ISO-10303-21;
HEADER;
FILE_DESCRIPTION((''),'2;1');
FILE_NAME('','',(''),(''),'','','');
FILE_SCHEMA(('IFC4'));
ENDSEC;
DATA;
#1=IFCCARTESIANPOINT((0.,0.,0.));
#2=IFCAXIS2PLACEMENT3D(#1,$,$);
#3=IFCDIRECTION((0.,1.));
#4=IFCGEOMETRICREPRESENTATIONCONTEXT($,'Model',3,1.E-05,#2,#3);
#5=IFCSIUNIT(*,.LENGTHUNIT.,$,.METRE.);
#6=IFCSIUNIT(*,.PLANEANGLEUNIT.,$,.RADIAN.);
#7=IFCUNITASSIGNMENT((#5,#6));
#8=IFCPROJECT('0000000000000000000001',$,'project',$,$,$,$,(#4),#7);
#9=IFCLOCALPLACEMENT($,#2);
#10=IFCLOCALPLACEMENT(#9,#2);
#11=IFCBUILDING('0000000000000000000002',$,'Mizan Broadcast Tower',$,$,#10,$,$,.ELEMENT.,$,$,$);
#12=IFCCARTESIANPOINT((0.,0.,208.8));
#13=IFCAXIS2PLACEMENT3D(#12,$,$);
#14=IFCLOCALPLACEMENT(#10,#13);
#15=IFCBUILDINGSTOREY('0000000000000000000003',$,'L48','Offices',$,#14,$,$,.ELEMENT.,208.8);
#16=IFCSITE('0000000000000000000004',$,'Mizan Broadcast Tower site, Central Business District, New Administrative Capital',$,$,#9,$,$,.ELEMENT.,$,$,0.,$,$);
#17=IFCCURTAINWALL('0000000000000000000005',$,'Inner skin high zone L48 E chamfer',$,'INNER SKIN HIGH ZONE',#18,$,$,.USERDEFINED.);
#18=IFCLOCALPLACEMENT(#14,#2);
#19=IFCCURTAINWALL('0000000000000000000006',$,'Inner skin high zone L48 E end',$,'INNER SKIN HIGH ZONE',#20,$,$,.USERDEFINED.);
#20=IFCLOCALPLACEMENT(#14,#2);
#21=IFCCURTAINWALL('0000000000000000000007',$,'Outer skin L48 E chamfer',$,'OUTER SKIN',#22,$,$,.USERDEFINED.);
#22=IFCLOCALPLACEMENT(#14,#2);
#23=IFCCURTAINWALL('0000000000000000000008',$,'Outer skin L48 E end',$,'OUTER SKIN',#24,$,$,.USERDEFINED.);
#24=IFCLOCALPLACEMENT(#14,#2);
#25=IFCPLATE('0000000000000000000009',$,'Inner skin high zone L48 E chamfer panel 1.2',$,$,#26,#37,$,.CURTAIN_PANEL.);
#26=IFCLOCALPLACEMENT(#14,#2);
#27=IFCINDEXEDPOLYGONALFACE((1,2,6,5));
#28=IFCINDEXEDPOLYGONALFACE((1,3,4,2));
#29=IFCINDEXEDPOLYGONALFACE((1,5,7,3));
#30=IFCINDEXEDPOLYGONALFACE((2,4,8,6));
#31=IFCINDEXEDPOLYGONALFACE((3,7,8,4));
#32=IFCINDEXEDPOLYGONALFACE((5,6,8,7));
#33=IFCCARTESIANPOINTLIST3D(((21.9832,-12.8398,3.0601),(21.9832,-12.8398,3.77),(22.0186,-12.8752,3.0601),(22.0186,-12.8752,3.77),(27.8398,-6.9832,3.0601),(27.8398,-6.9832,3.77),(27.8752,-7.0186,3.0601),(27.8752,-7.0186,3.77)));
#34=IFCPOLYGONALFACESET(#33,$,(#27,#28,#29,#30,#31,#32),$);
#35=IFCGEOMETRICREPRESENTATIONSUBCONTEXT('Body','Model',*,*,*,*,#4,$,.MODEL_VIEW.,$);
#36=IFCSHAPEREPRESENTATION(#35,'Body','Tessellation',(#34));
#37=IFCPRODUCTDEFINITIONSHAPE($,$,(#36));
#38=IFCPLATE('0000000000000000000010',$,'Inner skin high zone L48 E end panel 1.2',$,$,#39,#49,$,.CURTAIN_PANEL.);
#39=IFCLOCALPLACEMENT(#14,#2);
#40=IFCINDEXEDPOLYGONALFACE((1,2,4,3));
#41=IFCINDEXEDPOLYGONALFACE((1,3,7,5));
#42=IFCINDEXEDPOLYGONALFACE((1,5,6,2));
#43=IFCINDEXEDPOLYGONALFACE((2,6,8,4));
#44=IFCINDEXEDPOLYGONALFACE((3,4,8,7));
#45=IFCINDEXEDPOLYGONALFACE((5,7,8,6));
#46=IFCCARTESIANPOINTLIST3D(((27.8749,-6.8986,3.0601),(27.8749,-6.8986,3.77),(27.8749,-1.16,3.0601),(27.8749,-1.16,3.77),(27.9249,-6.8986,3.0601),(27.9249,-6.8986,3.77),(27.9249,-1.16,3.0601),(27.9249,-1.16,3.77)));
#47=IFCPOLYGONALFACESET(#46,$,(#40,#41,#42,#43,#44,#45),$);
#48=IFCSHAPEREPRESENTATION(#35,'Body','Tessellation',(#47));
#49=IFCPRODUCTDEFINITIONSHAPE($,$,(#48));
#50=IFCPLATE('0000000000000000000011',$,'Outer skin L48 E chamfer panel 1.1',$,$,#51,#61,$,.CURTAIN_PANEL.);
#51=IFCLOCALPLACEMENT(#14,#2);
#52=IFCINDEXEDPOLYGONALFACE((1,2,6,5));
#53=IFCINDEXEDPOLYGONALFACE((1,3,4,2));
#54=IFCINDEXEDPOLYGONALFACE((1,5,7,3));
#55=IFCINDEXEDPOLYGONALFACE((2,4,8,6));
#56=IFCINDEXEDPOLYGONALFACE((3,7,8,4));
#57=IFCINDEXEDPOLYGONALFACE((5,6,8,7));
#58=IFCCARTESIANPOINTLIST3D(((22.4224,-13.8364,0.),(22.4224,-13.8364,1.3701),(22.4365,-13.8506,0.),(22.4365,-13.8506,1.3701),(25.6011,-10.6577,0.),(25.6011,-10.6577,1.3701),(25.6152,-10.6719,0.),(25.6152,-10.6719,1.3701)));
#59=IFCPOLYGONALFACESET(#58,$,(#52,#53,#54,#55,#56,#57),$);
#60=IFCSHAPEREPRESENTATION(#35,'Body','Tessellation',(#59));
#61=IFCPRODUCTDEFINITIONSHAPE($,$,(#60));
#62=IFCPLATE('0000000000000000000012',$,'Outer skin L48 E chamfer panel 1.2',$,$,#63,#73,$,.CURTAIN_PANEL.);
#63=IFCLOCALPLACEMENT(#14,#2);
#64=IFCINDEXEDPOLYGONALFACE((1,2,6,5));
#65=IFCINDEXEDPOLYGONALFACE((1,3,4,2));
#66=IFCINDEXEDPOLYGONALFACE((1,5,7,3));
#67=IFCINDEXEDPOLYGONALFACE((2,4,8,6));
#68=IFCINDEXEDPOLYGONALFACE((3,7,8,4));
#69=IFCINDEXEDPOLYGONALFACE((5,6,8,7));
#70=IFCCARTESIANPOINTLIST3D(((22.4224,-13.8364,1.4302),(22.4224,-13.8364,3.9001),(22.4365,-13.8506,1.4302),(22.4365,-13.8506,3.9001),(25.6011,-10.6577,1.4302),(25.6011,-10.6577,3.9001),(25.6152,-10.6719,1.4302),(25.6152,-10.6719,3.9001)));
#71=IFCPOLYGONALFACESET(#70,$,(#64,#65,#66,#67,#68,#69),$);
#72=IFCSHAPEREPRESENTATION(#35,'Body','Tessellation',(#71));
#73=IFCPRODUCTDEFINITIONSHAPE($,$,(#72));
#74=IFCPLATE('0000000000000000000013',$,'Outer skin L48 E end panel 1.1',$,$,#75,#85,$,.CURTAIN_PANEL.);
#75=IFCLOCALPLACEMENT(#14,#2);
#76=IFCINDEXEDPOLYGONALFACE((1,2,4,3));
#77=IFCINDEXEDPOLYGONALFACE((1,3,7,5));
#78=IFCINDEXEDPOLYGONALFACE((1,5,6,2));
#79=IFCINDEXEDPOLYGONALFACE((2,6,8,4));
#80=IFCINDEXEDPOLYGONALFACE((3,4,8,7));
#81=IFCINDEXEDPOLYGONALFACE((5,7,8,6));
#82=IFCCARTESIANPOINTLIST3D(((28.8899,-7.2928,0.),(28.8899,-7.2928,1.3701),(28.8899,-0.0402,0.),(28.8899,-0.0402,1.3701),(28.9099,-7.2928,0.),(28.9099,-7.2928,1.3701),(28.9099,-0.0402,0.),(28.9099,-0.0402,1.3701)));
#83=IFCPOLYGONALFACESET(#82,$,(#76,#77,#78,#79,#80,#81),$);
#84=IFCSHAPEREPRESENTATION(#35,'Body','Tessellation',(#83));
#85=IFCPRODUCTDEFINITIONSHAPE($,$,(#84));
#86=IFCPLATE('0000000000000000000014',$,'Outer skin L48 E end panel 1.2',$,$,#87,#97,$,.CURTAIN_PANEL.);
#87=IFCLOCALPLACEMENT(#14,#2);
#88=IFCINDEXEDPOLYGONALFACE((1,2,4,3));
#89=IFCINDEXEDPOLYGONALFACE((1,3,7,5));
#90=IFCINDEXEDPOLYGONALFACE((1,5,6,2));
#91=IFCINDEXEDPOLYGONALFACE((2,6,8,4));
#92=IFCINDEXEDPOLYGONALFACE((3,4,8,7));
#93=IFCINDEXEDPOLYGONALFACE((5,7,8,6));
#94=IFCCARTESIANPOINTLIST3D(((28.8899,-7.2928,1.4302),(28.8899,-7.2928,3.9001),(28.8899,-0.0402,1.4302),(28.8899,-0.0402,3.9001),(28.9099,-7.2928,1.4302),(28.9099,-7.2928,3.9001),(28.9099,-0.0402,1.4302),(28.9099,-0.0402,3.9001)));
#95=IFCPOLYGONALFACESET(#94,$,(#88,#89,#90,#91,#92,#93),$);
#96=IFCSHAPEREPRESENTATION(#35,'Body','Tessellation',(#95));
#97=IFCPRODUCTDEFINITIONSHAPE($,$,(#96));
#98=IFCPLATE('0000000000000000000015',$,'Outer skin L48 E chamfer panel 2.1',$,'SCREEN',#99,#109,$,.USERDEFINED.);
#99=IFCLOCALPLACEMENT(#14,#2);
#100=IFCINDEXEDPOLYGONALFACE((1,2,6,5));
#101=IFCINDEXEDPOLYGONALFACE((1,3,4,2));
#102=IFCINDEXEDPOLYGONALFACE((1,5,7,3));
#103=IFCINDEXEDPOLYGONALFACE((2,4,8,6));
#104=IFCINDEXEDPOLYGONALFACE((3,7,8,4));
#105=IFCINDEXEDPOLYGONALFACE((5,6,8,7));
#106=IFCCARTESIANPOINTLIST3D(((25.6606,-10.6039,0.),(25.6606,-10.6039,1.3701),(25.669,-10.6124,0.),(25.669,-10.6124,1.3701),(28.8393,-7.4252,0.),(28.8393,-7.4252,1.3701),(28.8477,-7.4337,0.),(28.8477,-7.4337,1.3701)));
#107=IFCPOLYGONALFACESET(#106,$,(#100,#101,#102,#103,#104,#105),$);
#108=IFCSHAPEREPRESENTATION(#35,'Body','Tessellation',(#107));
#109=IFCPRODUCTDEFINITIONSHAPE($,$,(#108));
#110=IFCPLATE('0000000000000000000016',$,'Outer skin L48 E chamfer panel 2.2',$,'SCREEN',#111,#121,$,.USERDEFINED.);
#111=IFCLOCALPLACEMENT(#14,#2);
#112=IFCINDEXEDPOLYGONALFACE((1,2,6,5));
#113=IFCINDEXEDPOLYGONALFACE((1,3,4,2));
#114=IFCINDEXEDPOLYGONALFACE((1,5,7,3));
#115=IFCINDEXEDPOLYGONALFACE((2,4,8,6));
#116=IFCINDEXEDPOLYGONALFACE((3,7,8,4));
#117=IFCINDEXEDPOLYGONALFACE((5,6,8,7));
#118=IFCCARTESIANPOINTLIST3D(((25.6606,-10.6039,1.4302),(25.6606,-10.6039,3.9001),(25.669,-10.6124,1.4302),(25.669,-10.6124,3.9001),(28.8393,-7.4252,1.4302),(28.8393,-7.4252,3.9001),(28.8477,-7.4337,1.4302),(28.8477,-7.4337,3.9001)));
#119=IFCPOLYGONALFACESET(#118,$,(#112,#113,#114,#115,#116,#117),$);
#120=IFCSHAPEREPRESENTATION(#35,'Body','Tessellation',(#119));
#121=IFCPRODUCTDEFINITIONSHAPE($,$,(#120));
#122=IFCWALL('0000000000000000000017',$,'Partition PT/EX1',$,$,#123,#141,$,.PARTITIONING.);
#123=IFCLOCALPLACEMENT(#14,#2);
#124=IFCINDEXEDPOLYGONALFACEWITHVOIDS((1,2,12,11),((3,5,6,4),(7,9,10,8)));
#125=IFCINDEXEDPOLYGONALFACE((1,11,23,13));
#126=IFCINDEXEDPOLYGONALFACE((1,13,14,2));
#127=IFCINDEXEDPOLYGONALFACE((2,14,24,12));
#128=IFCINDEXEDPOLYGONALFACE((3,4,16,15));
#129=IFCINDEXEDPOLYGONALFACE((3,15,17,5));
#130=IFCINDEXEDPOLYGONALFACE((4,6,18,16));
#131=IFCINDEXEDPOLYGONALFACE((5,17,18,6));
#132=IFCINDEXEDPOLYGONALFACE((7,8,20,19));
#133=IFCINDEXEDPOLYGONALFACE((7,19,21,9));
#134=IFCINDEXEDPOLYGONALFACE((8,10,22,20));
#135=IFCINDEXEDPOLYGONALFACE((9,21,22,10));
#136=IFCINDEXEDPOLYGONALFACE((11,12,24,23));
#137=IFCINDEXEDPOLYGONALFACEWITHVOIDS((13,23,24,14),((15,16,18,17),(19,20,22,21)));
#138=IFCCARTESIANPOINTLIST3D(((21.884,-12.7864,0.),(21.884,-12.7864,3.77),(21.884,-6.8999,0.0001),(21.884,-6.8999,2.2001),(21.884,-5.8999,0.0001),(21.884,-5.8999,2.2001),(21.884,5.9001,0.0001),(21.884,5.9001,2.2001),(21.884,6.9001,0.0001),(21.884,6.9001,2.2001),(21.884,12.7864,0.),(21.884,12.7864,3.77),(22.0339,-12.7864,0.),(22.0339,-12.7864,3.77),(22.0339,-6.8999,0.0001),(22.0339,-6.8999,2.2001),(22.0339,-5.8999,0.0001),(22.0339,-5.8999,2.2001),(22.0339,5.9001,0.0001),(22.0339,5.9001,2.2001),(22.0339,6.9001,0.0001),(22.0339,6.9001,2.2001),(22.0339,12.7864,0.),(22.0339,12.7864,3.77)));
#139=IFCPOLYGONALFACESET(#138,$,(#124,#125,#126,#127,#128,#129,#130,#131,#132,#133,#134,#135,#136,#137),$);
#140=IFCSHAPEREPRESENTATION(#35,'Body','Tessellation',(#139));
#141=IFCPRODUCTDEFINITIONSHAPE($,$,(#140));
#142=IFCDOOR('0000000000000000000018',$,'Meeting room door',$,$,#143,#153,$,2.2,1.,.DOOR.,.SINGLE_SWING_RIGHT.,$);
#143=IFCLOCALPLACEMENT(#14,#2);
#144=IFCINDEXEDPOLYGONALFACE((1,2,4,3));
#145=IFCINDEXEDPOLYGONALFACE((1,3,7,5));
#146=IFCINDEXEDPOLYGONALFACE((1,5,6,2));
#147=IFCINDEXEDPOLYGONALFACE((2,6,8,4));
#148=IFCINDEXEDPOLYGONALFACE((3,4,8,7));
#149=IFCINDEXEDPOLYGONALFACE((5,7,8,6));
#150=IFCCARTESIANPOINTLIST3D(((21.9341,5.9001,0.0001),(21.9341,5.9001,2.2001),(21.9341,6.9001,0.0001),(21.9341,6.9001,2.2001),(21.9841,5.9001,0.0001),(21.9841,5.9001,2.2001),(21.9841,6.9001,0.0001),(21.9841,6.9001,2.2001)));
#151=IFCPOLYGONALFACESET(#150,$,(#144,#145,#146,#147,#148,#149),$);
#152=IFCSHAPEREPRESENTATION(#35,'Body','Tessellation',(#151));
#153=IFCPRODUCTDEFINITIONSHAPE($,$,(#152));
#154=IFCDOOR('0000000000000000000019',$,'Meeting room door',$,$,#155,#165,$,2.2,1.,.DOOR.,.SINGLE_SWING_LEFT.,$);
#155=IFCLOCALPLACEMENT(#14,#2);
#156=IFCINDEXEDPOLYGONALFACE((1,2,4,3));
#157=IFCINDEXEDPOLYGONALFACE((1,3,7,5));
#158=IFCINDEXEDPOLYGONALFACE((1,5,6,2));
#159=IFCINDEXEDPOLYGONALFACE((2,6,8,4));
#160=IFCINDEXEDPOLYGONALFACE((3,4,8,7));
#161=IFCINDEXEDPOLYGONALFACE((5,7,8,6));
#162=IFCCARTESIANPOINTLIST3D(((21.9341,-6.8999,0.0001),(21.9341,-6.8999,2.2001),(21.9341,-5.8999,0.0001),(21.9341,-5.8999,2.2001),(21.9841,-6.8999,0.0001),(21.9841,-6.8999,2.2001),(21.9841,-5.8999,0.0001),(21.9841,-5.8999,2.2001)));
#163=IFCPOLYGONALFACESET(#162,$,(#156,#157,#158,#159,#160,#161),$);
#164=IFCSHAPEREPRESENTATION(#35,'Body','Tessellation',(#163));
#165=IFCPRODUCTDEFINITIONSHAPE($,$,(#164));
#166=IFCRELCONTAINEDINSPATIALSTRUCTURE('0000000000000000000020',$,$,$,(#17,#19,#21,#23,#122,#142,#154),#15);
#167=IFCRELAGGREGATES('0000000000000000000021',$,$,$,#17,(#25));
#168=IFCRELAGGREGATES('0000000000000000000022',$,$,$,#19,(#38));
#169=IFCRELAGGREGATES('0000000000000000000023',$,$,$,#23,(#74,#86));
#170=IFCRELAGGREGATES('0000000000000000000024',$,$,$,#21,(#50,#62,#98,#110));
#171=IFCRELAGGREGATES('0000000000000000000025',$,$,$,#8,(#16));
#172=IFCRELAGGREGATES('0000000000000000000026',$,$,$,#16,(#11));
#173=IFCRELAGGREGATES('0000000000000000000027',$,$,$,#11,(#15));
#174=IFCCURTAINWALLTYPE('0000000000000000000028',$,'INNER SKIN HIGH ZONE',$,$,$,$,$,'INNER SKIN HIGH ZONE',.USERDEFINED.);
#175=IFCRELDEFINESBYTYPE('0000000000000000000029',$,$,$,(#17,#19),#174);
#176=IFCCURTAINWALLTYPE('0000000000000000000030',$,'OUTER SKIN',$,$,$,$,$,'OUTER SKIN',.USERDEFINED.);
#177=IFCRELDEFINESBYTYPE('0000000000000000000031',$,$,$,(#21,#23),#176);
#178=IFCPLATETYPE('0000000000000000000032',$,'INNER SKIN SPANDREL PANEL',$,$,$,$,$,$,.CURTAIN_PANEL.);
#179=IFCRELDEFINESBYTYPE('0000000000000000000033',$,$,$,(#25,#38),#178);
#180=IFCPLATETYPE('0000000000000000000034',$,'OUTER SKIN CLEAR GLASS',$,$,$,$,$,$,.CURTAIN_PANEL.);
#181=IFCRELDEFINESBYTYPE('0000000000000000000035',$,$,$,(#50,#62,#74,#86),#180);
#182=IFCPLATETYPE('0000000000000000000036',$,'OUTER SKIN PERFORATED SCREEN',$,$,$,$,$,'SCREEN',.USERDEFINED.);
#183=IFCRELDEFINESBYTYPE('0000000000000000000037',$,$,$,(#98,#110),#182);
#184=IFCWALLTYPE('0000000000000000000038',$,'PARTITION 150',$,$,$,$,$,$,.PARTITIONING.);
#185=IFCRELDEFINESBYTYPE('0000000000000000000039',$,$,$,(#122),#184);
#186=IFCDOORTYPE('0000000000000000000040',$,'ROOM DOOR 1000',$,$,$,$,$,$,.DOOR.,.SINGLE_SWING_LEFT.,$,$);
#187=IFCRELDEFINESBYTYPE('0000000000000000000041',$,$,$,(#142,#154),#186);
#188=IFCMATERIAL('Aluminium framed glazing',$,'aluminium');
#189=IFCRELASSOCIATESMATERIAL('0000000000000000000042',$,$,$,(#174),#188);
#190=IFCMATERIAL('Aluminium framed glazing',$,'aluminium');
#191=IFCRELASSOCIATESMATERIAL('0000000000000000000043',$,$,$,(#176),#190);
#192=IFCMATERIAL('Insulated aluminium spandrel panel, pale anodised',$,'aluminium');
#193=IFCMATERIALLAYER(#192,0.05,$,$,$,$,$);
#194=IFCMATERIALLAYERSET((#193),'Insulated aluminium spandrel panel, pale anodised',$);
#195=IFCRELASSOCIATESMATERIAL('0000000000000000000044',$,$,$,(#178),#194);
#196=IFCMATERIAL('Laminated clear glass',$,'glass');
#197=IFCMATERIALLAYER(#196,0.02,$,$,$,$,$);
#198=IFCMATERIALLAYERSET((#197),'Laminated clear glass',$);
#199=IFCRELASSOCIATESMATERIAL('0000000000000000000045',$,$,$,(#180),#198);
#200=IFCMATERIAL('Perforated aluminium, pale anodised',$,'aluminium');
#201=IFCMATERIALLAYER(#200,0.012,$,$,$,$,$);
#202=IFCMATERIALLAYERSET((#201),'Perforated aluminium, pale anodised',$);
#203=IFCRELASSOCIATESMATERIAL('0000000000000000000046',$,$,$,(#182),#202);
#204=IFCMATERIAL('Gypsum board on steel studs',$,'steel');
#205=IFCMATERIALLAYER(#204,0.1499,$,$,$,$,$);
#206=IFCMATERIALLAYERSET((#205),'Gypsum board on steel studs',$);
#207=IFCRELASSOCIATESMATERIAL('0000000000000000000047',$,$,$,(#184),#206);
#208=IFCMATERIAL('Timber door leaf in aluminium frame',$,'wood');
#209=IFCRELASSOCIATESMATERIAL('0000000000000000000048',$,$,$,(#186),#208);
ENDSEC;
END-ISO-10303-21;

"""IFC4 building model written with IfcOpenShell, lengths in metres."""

from ifc_helpers import new_model, si_unit, direction, frame, frame_2d, origin, origin_2d, place, context, subcontext, project, spatial, rectangle, extrude, material, layer, layer_set, type_object, element, fill, aggregate, save


model = new_model("IFC4")

# Units and contexts
model_context = context("Model", 3, precision=1e-05, world=origin(), true_north=direction((0.0, 1.0)))
body_context = subcontext(model_context, "Body", "Model", "MODEL_VIEW")
ifc_project = project(units=[si_unit("LENGTHUNIT", "METRE"), si_unit("PLANEANGLEUNIT", "RADIAN")], contexts=[model_context])

# Site, building, storey
site_placement = place(None, origin())
site = spatial("IfcSite", under=ifc_project, at=site_placement, Name="Mizan Broadcast Tower site, Central Business District, New Administrative Capital", CompositionType="ELEMENT", RefElevation=0.0)
building_placement = place(site_placement, origin())
building = spatial("IfcBuilding", under=site, at=building_placement, Name="Mizan Broadcast Tower", CompositionType="ELEMENT")
storey_placement = place(building_placement, frame((0.0, 0.0, 208.8)))
storey = spatial("IfcBuildingStorey", under=building, at=storey_placement, Name="L48", Description="Offices", CompositionType="ELEMENT", Elevation=208.8)

# Curtain walls
ifc_material_1 = material(Name="Aluminium framed glazing", Category="aluminium")
curtain_wall_type_1 = type_object("IfcCurtainWallType", Name="INNER SKIN HIGH ZONE", ElementType="INNER SKIN HIGH ZONE", PredefinedType="USERDEFINED", material=ifc_material_1)
curtain_wall_1_placement = place(storey_placement, origin())
curtain_wall_1 = element("IfcCurtainWall", 1, at=curtain_wall_1_placement, inside=storey, type_object=curtain_wall_type_1, Name="Inner skin high zone L48 E chamfer", ObjectType="INNER SKIN HIGH ZONE", PredefinedType="USERDEFINED")
curtain_wall_2_placement = place(storey_placement, origin())
curtain_wall_2 = element("IfcCurtainWall", 2, at=curtain_wall_2_placement, inside=storey, type_object=curtain_wall_type_1, Name="Inner skin high zone L48 E end", ObjectType="INNER SKIN HIGH ZONE", PredefinedType="USERDEFINED")

# Curtain wall
ifc_material_2 = material(Name="Aluminium framed glazing", Category="aluminium")
curtain_wall_type_2 = type_object("IfcCurtainWallType", Name="OUTER SKIN", ElementType="OUTER SKIN", PredefinedType="USERDEFINED", material=ifc_material_2)
curtain_wall_3_placement = place(storey_placement, origin())
curtain_wall_3 = element("IfcCurtainWall", 3, at=curtain_wall_3_placement, inside=storey, type_object=curtain_wall_type_2, Name="Outer skin L48 E chamfer", ObjectType="OUTER SKIN", PredefinedType="USERDEFINED")

# Curtain wall
curtain_wall_4_placement = place(storey_placement, origin())
curtain_wall_4 = element("IfcCurtainWall", 4, at=curtain_wall_4_placement, inside=storey, type_object=curtain_wall_type_2, Name="Outer skin L48 E end", ObjectType="OUTER SKIN", PredefinedType="USERDEFINED")

# Plates
ifc_material_3 = material(Name="Insulated aluminium spandrel panel, pale anodised", Category="aluminium")
ifc_layer_1 = layer(ifc_material_3, 0.05)
ifc_layer_set_1 = layer_set([ifc_layer_1], Name="Insulated aluminium spandrel panel, pale anodised")
plate_type_1 = type_object("IfcPlateType", Name="INNER SKIN SPANDREL PANEL", PredefinedType="CURTAIN_PANEL", material=ifc_layer_set_1)
plate_1_placement = place(storey_placement, frame((24.9292, -9.9292, 3.0601), z_axis=(0.0, 0.0, 1.0), x_axis=(0.707107, 0.707107, 0.0)))
plate_1 = element("IfcPlate", 5, at=plate_1_placement, type_object=plate_type_1, Name="Inner skin high zone L48 E chamfer panel 1.2", PredefinedType="CURTAIN_PANEL", context=body_context, shape_type="SweptSolid", body=[
    extrude(rectangle(XDim=8.2825, YDim=0.05, at=origin_2d()), origin(), (0.0, 0.0, 1.0), 0.71),
])
aggregate(curtain_wall_1, [plate_1])
plate_2_placement = place(storey_placement, frame((27.8999, -4.0293, 3.0601), z_axis=(0.0, 0.0, 1.0), x_axis=(0.0, 1.0, 0.0)))
plate_2 = element("IfcPlate", 6, at=plate_2_placement, type_object=plate_type_1, Name="Inner skin high zone L48 E end panel 1.2", PredefinedType="CURTAIN_PANEL", context=body_context, shape_type="SweptSolid", body=[
    extrude(rectangle(XDim=5.7385, YDim=0.05, at=origin_2d()), origin(), (0.0, 0.0, 1.0), 0.71),
])
aggregate(curtain_wall_2, [plate_2])
ifc_material_4 = material(Name="Laminated clear glass", Category="glass")
ifc_layer_2 = layer(ifc_material_4, 0.02)
ifc_layer_set_2 = layer_set([ifc_layer_2], Name="Laminated clear glass")
plate_type_2 = type_object("IfcPlateType", Name="OUTER SKIN CLEAR GLASS", PredefinedType="CURTAIN_PANEL", material=ifc_layer_set_2)
plate_3_placement = place(storey_placement, frame((24.0188, -12.2542, 0.0), z_axis=(0.0, 0.0, 1.0), x_axis=(0.707107, 0.707107, 0.0)))
plate_3 = element("IfcPlate", 7, at=plate_3_placement, type_object=plate_type_2, Name="Outer skin L48 E chamfer panel 1.1", PredefinedType="CURTAIN_PANEL", context=body_context, shape_type="SweptSolid", body=[
    extrude(rectangle(XDim=4.4954, YDim=0.02, at=origin_2d()), origin(), (0.0, 0.0, 1.0), 1.3701),
])
plate_4_placement = place(storey_placement, frame((24.0188, -12.2542, 1.4302), z_axis=(0.0, 0.0, 1.0), x_axis=(0.707107, 0.707107, 0.0)))
plate_4 = element("IfcPlate", 8, at=plate_4_placement, type_object=plate_type_2, Name="Outer skin L48 E chamfer panel 1.2", PredefinedType="CURTAIN_PANEL", context=body_context, shape_type="SweptSolid", body=[
    extrude(rectangle(XDim=4.4954, YDim=0.02, at=origin_2d()), origin(), (0.0, 0.0, 1.0), 2.47),
])
plate_5_placement = place(storey_placement, frame((28.8999, -3.6665, 0.0), z_axis=(0.0, 0.0, 1.0), x_axis=(0.0, 1.0, 0.0)))
plate_5 = element("IfcPlate", 9, at=plate_5_placement, type_object=plate_type_2, Name="Outer skin L48 E end panel 1.1", PredefinedType="CURTAIN_PANEL", context=body_context, shape_type="SweptSolid", body=[
    extrude(rectangle(XDim=7.2527, YDim=0.02, at=origin_2d()), origin(), (0.0, 0.0, 1.0), 1.3701),
])
plate_6_placement = place(storey_placement, frame((28.8999, -3.6665, 1.4302), z_axis=(0.0, 0.0, 1.0), x_axis=(0.0, 1.0, 0.0)))
plate_6 = element("IfcPlate", 10, at=plate_6_placement, type_object=plate_type_2, Name="Outer skin L48 E end panel 1.2", PredefinedType="CURTAIN_PANEL", context=body_context, shape_type="SweptSolid", body=[
    extrude(rectangle(XDim=7.2527, YDim=0.02, at=origin_2d()), origin(), (0.0, 0.0, 1.0), 2.47),
])
aggregate(curtain_wall_4, [plate_5, plate_6])
ifc_material_5 = material(Name="Perforated aluminium, pale anodised", Category="aluminium")
ifc_layer_3 = layer(ifc_material_5, 0.012)
ifc_layer_set_3 = layer_set([ifc_layer_3], Name="Perforated aluminium, pale anodised")
plate_type_3 = type_object("IfcPlateType", Name="OUTER SKIN PERFORATED SCREEN", ElementType="SCREEN", PredefinedType="USERDEFINED", material=ifc_layer_set_3)
plate_7_placement = place(storey_placement, frame((27.2542, -9.0188, 0.0), z_axis=(0.0, 0.0, 1.0), x_axis=(0.707107, 0.707107, 0.0)))
plate_7 = element("IfcPlate", 11, at=plate_7_placement, type_object=plate_type_3, Name="Outer skin L48 E chamfer panel 2.1", ObjectType="SCREEN", PredefinedType="USERDEFINED", context=body_context, shape_type="SweptSolid", body=[
    extrude(rectangle(XDim=4.4954, YDim=0.012, at=origin_2d()), origin(), (0.0, 0.0, 1.0), 1.3701),
])
plate_8_placement = place(storey_placement, frame((27.2542, -9.0188, 1.4302), z_axis=(0.0, 0.0, 1.0), x_axis=(0.707107, 0.707107, 0.0)))
plate_8 = element("IfcPlate", 12, at=plate_8_placement, type_object=plate_type_3, Name="Outer skin L48 E chamfer panel 2.2", ObjectType="SCREEN", PredefinedType="USERDEFINED", context=body_context, shape_type="SweptSolid", body=[
    extrude(rectangle(XDim=4.4954, YDim=0.012, at=origin_2d()), origin(), (0.0, 0.0, 1.0), 2.47),
])
aggregate(curtain_wall_3, [plate_3, plate_4, plate_7, plate_8])

# Wall, openings, doors
ifc_material_6 = material(Name="Gypsum board on steel studs", Category="steel")
ifc_layer_4 = layer(ifc_material_6, 0.1499)
ifc_layer_set_4 = layer_set([ifc_layer_4], Name="Gypsum board on steel studs")
wall_type = type_object("IfcWallType", Name="PARTITION 150", PredefinedType="PARTITIONING", material=ifc_layer_set_4)
wall_placement = place(storey_placement, frame((21.959, -12.7864, 0.0), z_axis=(0.0, 0.0, 1.0), x_axis=(0.0, 1.0, 0.0)))
wall = element("IfcWall", 13, at=wall_placement, inside=storey, type_object=wall_type, Name="Partition PT/EX1", PredefinedType="PARTITIONING", context=body_context, shape_type="SweptSolid", body=[
    extrude(rectangle(XDim=25.5728, YDim=0.1499, at=frame_2d((12.7864, 0.0))), origin(), (0.0, 0.0, 1.0), 3.77),
])
opening_1_placement = place(wall_placement, frame((18.6865, 0.0, 0.0)))
opening_1 = element("IfcOpeningElement", 14, at=opening_1_placement, cuts=wall, PredefinedType="OPENING", context=body_context, shape_type="SweptSolid", body=[
    extrude(rectangle(XDim=1.0, YDim=2.2, at=frame_2d((0.5, 1.1001))), frame((0.0, 0.085, 0.0), z_axis=(0.0, -1.0, 0.0), x_axis=(1.0, 0.0, 0.0)), (0.0, 0.0, 1.0), 0.1699),
])
opening_2_placement = place(wall_placement, frame((5.8865, 0.0, 0.0)))
opening_2 = element("IfcOpeningElement", 15, at=opening_2_placement, cuts=wall, PredefinedType="OPENING", context=body_context, shape_type="SweptSolid", body=[
    extrude(rectangle(XDim=1.0, YDim=2.2, at=frame_2d((0.5, 1.1001))), frame((0.0, 0.085, 0.0), z_axis=(0.0, -1.0, 0.0), x_axis=(1.0, 0.0, 0.0)), (0.0, 0.0, 1.0), 0.1699),
])
ifc_material_7 = material(Name="Timber door leaf in aluminium frame", Category="wood")
door_type = type_object("IfcDoorType", Name="ROOM DOOR 1000", OperationType="SINGLE_SWING_LEFT", PredefinedType="DOOR", material=ifc_material_7)
door_1_placement = place(opening_1_placement, origin())
door_1 = element("IfcDoor", 16, at=door_1_placement, inside=storey, type_object=door_type, Name="Meeting room door", OperationType="SINGLE_SWING_RIGHT", OverallHeight=2.2, OverallWidth=1.0, PredefinedType="DOOR", context=body_context, shape_type="SweptSolid", body=[
    extrude(rectangle(XDim=1.0, YDim=2.2, at=frame_2d((0.5, 1.1001))), frame((0.0, 0.0249, 0.0), z_axis=(0.0, -1.0, 0.0), x_axis=(1.0, 0.0, 0.0)), (0.0, 0.0, 1.0), 0.05),
])
fill(opening_1, door_1)
door_2_placement = place(opening_2_placement, origin())
door_2 = element("IfcDoor", 17, at=door_2_placement, inside=storey, type_object=door_type, Name="Meeting room door", OperationType="SINGLE_SWING_LEFT", OverallHeight=2.2, OverallWidth=1.0, PredefinedType="DOOR", context=body_context, shape_type="SweptSolid", body=[
    extrude(rectangle(XDim=1.0, YDim=2.2, at=frame_2d((0.5, 1.1001))), frame((0.0, 0.0249, 0.0), z_axis=(0.0, -1.0, 0.0), x_axis=(1.0, 0.0, 0.0)), (0.0, 0.0, 1.0), 0.05),
])
fill(opening_2, door_2)

save(model, "model.ifc")
